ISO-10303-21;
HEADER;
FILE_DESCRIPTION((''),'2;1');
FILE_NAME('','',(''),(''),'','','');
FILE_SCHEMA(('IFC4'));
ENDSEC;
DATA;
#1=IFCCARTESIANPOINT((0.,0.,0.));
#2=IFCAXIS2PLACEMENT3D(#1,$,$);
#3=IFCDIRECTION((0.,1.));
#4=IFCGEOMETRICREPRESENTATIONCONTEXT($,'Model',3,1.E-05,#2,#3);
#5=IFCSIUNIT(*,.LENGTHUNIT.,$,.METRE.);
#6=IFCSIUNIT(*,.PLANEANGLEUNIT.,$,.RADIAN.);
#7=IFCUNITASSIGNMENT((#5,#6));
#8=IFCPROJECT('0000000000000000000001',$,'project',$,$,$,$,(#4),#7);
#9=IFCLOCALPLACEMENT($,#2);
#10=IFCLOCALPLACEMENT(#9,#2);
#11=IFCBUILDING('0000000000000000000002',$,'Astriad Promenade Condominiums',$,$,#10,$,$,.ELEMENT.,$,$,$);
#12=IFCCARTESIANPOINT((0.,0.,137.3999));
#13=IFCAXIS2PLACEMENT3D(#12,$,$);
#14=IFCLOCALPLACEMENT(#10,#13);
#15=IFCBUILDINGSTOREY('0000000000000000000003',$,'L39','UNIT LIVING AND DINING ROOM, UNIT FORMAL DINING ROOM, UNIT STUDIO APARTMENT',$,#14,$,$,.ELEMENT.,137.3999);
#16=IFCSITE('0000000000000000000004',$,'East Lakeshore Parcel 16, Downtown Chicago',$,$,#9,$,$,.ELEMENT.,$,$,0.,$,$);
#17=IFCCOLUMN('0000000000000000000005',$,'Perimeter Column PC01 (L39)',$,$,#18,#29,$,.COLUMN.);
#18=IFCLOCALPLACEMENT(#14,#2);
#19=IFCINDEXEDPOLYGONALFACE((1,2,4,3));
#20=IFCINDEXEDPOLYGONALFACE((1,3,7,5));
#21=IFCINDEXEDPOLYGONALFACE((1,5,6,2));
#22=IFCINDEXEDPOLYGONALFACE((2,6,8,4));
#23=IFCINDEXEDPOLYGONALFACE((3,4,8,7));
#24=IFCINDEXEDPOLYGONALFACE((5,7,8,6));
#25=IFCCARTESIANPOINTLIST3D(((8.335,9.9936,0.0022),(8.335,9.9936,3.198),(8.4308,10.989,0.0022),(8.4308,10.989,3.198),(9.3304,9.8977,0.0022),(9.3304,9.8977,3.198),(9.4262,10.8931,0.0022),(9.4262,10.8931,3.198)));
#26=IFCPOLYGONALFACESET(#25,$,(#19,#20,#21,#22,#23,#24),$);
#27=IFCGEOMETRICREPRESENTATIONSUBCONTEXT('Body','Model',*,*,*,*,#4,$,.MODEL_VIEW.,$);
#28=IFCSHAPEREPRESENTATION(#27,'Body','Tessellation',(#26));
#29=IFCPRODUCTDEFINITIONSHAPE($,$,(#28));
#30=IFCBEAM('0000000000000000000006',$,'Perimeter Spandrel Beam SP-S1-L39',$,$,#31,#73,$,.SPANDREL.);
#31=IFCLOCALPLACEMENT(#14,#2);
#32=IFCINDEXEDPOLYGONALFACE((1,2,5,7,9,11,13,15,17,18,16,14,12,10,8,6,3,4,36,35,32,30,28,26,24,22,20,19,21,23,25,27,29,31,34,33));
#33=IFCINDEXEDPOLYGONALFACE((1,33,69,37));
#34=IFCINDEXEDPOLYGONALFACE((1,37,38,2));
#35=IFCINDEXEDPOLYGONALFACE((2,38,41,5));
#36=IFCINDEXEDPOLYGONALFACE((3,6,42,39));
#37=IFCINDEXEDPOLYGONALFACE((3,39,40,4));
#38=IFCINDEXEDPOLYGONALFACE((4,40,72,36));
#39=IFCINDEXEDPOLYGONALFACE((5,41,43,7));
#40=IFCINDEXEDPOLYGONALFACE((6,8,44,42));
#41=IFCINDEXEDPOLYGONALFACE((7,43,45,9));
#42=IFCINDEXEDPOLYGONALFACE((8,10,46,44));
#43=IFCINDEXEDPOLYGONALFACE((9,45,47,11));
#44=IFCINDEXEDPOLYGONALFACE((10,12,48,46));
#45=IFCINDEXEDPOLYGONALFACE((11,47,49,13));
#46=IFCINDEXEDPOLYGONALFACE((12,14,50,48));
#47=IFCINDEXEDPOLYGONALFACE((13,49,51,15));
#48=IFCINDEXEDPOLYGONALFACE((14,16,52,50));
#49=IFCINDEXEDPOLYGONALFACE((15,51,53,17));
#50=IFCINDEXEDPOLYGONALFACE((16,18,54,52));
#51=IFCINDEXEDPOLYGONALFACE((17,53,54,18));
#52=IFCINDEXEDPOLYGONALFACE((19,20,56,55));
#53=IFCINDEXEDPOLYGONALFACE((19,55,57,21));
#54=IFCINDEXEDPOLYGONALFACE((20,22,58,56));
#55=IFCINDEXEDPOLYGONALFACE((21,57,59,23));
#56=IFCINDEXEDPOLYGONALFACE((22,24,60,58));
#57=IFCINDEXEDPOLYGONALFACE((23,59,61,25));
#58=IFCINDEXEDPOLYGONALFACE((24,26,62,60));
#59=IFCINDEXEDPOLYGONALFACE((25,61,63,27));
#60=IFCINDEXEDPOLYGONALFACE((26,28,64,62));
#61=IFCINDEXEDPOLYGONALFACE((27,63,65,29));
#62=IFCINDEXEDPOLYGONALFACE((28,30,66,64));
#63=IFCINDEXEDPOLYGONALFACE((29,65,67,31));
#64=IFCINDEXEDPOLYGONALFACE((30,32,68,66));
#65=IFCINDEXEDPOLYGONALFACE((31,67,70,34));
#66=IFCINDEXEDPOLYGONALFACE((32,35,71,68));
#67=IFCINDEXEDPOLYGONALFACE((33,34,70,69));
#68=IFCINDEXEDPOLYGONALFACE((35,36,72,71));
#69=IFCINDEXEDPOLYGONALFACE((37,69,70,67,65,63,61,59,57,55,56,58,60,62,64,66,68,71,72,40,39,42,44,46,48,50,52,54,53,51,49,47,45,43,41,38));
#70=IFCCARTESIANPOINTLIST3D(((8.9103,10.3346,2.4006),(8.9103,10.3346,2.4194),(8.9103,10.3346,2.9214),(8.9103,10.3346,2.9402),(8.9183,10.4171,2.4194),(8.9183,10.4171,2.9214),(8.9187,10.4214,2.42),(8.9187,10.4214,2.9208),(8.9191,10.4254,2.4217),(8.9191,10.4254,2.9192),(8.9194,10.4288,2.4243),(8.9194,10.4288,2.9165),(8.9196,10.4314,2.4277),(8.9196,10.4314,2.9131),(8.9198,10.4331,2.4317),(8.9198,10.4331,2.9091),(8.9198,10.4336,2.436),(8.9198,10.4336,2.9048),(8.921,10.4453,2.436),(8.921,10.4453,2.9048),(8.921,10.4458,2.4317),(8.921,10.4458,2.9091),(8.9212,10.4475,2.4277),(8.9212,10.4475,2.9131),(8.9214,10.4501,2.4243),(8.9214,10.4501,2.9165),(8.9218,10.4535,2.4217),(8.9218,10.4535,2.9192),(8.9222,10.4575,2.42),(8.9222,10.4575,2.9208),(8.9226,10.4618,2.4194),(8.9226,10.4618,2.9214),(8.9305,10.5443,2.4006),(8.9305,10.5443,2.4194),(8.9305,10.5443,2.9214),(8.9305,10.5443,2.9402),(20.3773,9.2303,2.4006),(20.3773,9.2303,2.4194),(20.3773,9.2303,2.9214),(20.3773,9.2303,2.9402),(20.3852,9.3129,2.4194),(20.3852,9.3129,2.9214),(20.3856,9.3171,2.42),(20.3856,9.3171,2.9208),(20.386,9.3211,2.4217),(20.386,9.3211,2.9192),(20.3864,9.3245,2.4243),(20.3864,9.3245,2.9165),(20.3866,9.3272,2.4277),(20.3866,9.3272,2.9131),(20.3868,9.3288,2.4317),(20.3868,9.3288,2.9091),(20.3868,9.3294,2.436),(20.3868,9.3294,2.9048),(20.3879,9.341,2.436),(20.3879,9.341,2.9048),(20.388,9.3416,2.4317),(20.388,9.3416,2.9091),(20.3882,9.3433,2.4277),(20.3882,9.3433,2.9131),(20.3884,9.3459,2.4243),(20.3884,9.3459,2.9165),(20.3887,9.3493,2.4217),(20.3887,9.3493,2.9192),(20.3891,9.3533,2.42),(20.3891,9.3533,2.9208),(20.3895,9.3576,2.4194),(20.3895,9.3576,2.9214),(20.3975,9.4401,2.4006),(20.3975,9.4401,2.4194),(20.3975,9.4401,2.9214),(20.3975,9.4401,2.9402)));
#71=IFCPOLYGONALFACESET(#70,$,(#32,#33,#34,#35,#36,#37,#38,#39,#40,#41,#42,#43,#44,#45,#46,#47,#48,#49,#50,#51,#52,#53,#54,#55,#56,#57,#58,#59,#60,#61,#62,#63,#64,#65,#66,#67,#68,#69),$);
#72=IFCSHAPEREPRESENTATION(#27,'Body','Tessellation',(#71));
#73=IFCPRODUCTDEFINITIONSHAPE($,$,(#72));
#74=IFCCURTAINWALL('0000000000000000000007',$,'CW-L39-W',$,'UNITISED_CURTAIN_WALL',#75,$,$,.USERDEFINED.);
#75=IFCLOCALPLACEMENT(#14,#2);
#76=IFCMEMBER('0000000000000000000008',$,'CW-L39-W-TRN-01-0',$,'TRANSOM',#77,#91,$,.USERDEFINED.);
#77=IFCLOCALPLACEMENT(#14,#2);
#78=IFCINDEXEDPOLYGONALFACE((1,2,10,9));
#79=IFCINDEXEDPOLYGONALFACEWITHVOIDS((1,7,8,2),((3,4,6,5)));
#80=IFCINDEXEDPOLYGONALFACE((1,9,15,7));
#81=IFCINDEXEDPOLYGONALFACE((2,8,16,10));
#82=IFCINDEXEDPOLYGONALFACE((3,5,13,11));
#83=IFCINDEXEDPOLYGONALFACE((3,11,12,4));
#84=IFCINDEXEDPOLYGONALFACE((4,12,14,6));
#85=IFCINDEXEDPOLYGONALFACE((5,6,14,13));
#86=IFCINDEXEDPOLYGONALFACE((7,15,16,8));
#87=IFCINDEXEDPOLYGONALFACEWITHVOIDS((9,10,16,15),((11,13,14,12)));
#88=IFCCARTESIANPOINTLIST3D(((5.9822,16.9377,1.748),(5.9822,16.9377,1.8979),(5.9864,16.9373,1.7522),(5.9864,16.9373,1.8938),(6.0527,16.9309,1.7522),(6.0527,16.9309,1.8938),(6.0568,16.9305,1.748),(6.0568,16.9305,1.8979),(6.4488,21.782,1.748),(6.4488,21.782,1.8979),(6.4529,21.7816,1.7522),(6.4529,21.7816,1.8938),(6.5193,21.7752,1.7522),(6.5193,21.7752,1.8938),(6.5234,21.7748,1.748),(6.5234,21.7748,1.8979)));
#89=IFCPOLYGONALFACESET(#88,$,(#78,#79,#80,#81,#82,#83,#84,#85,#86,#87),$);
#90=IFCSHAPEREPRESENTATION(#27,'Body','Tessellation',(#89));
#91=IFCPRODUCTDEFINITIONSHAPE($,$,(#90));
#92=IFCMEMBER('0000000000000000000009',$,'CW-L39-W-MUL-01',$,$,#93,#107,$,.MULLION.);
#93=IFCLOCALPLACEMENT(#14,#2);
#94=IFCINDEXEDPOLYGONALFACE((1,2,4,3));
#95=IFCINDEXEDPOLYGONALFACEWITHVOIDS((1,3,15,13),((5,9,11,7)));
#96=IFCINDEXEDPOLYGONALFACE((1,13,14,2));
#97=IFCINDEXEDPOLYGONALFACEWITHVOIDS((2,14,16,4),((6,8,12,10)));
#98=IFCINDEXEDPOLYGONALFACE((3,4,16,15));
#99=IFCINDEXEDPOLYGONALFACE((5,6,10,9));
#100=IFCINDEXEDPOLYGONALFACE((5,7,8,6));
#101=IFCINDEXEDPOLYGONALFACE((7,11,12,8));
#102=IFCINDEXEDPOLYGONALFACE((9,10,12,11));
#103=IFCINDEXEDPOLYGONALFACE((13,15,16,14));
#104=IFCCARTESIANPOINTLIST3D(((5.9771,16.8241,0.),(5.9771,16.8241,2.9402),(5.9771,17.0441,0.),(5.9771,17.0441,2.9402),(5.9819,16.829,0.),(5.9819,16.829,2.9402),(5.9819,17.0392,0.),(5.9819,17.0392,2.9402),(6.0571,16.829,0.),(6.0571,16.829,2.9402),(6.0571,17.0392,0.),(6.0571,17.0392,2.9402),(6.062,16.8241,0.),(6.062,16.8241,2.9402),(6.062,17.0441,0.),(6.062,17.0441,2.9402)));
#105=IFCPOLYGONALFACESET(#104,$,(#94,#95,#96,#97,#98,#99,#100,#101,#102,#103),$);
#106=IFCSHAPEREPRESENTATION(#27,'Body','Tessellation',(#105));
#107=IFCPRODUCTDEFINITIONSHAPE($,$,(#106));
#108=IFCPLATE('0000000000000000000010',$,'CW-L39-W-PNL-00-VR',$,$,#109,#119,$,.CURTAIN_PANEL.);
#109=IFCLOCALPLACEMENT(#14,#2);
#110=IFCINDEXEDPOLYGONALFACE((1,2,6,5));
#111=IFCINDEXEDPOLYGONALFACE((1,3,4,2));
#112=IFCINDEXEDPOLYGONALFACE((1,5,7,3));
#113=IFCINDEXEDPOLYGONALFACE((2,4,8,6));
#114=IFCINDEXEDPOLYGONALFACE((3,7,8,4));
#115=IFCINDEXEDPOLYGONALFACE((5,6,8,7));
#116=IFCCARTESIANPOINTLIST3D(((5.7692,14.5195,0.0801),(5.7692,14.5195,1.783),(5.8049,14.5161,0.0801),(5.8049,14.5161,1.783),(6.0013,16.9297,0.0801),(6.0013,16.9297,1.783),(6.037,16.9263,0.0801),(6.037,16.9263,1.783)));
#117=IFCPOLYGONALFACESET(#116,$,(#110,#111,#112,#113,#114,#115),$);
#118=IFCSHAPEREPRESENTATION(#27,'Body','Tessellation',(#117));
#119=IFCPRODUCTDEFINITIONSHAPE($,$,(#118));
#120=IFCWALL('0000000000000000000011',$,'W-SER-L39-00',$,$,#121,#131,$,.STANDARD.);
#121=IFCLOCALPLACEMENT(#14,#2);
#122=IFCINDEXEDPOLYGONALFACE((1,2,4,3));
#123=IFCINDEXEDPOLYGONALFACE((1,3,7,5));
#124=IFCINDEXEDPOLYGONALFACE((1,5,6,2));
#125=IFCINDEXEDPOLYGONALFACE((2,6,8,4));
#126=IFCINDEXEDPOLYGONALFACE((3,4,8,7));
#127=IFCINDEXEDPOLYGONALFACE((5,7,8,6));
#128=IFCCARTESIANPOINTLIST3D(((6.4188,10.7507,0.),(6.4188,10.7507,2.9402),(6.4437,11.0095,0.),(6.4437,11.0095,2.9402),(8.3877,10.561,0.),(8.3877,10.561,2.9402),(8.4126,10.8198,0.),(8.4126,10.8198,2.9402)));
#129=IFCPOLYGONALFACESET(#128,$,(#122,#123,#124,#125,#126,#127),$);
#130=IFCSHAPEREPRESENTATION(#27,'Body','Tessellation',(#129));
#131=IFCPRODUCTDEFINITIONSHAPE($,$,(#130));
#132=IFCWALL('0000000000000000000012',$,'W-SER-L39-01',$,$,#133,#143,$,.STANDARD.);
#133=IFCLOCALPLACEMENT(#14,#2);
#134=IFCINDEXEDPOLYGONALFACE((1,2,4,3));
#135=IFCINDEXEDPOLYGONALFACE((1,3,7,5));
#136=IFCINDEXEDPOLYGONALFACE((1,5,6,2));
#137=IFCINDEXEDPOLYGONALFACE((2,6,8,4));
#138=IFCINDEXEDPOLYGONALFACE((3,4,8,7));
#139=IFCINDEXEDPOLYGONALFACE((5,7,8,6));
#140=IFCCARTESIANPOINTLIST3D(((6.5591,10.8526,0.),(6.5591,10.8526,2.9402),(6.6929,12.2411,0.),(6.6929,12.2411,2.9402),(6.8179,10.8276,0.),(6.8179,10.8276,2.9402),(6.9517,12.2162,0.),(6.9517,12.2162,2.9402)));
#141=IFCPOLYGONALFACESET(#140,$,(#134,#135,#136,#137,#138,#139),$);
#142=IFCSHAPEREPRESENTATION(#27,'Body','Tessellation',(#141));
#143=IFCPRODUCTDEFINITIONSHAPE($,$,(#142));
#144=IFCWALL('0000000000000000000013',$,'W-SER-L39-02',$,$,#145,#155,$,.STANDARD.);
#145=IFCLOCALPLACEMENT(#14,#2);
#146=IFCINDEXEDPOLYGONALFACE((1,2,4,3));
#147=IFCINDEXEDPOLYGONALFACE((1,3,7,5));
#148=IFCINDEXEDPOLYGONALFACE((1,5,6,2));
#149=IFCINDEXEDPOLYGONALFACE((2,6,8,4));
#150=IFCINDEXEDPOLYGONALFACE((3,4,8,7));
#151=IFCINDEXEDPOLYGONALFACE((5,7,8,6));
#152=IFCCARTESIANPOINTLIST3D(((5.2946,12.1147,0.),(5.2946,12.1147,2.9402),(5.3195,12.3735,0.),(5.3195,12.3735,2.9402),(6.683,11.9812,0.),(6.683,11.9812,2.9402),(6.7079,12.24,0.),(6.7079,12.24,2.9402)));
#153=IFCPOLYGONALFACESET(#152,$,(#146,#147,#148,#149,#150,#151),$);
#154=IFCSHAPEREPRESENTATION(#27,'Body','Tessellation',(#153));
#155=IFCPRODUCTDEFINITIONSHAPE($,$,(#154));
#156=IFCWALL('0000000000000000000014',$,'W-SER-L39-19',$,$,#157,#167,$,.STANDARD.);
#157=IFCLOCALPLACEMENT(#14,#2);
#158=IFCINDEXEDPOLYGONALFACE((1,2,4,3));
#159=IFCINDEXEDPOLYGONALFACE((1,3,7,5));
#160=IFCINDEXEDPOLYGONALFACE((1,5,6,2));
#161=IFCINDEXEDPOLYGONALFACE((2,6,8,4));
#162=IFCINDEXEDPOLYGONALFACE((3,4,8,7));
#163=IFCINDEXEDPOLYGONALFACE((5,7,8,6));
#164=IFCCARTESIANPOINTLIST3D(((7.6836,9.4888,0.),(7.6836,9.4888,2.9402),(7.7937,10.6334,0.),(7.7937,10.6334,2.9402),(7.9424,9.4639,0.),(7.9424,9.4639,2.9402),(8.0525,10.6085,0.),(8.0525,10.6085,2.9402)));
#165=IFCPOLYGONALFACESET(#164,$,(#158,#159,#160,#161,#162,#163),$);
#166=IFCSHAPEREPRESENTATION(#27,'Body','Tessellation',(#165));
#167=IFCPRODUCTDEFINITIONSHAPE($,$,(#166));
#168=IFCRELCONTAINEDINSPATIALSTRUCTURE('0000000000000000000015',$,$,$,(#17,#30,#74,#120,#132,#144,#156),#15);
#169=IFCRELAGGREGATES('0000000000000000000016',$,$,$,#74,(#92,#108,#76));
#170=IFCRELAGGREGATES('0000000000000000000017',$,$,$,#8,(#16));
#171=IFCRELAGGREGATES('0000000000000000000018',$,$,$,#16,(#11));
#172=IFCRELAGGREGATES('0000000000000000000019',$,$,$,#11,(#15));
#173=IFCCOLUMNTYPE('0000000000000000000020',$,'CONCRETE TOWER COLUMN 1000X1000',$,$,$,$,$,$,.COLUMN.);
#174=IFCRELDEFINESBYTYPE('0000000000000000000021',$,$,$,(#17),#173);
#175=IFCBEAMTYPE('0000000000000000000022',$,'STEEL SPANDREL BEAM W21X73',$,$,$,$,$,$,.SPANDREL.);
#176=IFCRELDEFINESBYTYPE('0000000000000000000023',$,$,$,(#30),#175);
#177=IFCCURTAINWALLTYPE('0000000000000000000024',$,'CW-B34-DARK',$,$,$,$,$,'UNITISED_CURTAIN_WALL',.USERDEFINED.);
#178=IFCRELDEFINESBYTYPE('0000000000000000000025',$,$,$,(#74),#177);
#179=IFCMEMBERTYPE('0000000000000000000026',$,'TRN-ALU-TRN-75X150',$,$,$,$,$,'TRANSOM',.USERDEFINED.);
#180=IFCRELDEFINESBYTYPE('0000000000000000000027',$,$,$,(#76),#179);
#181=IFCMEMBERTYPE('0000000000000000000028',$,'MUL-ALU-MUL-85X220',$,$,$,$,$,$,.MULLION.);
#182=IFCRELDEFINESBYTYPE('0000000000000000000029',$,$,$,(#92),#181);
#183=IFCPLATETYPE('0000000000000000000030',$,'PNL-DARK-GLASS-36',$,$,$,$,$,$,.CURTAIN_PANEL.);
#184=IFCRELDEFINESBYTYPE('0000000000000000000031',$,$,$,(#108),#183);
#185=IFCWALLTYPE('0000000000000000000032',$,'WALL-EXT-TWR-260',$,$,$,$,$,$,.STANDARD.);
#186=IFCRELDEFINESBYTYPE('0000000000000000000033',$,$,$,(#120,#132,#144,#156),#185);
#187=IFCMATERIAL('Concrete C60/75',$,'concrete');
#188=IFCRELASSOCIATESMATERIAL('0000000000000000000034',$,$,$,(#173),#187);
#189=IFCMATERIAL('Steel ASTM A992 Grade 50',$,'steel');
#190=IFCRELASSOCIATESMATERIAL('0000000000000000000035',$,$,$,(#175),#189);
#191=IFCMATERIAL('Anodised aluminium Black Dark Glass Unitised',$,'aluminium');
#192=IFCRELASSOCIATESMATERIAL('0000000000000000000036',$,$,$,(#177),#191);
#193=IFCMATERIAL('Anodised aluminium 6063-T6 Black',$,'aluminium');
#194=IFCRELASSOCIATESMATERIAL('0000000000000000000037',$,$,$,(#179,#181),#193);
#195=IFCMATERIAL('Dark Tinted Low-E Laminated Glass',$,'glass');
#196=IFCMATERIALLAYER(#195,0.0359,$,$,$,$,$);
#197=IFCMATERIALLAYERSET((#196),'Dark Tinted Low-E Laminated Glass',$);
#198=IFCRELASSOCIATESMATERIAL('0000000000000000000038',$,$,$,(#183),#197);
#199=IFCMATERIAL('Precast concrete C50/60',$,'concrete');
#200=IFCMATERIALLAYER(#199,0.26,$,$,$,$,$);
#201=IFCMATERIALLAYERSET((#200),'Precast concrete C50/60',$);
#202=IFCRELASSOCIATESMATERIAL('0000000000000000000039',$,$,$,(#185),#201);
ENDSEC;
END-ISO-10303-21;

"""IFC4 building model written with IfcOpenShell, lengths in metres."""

from ifc_helpers import new_model, si_unit, direction, frame, frame_2d, origin, origin_2d, place, context, subcontext, project, spatial, rectangle, hollow_rectangle, i_section, extrude, source, transform, mapped, material, layer, layer_set, material_profile, profile_set, type_object, type_shapes, element, aggregate, save


model = new_model("IFC4")

# Units and contexts
model_context = context("Model", 3, precision=1e-05, world=origin(), true_north=direction((0.0, 1.0)))
body_context = subcontext(model_context, "Body", "Model", "MODEL_VIEW")
ifc_project = project(units=[si_unit("LENGTHUNIT", "METRE"), si_unit("PLANEANGLEUNIT", "RADIAN")], contexts=[model_context])

# Site, building, storey
site_placement = place(None, origin())
site = spatial("IfcSite", under=ifc_project, at=site_placement, Name="East Lakeshore Parcel 16, Downtown Chicago", CompositionType="ELEMENT", RefElevation=0.0)
building_placement = place(site_placement, origin())
building = spatial("IfcBuilding", under=site, at=building_placement, Name="Astriad Promenade Condominiums", CompositionType="ELEMENT")
storey_placement = place(building_placement, frame((0.0, 0.0, 137.3999)))
storey = spatial("IfcBuildingStorey", under=building, at=storey_placement, Name="L39", Description="UNIT LIVING AND DINING ROOM, UNIT FORMAL DINING ROOM, UNIT STUDIO APARTMENT", CompositionType="ELEMENT", Elevation=137.3999)

# Column
ifc_material_1 = material(Name="Concrete C60/75", Category="concrete")
ifc_material_profile_1 = material_profile(ifc_material_1, rectangle(XDim=1.0, YDim=1.0, at=origin_2d()), Name="RC-COL-1000X1000")
ifc_profile_set_1 = profile_set([ifc_material_profile_1], Name="Concrete C60/75")
column_type = type_object("IfcColumnType", Name="CONCRETE TOWER COLUMN 1000X1000", PredefinedType="COLUMN", material=ifc_profile_set_1)
shared_shape_1 = source(origin(), body_context, "Body", "SweptSolid", [
    extrude(rectangle(XDim=1.0, YDim=1.0, at=origin_2d()), origin(), (0.0, 0.0, 1.0), 3.1958),
])
type_shapes(column_type, [shared_shape_1])
column_placement = place(storey_placement, frame((8.8806, 10.4434, 0.0022), z_axis=(0.0, 0.0, 1.0), x_axis=(0.995396, -0.095846, 0.0)))
element("IfcColumn", 1, at=column_placement, inside=storey, type_object=column_type, Name="Perimeter Column PC01 (L39)", PredefinedType="COLUMN", context=body_context, shape_type="MappedRepresentation", body=[
    mapped(shared_shape_1, transform((0.0, 0.0, 0.0), scale=1.0)),
])

# Beam
ifc_material_2 = material(Name="Steel ASTM A992 Grade 50", Category="steel")
ifc_material_profile_2 = material_profile(ifc_material_2, i_section(OverallWidth=0.2107, OverallDepth=0.5396, WebThickness=0.0117, FlangeThickness=0.0188, FilletRadius=0.0166, at=origin_2d()), Name="W21X73")
ifc_profile_set_2 = profile_set([ifc_material_profile_2], Name="Steel ASTM A992 Grade 50")
beam_type = type_object("IfcBeamType", Name="STEEL SPANDREL BEAM W21X73", PredefinedType="SPANDREL", material=ifc_profile_set_2)
shared_shape_2 = source(origin(), body_context, "Body", "SweptSolid", [
    extrude(i_section(OverallWidth=0.2107, OverallDepth=0.5396, WebThickness=0.0117, FlangeThickness=0.0188, FilletRadius=0.0166, at=origin_2d()), origin(), (0.0, 0.0, 1.0), 11.52),
])
type_shapes(beam_type, [shared_shape_2])
beam_placement = place(storey_placement, frame((8.9204, 10.4395, 2.6704), z_axis=(0.995395, -0.095854, 0.0), x_axis=(0.095854, 0.995395, 0.0)))
element("IfcBeam", 2, at=beam_placement, inside=storey, type_object=beam_type, Name="Perimeter Spandrel Beam SP-S1-L39", PredefinedType="SPANDREL", context=body_context, shape_type="MappedRepresentation", body=[
    mapped(shared_shape_2, transform((0.0, 0.0, 0.0), scale=1.0)),
])

# Curtain wall, members, plate
ifc_material_3 = material(Name="Anodised aluminium Black Dark Glass Unitised", Category="aluminium")
curtain_wall_type = type_object("IfcCurtainWallType", Name="CW-B34-DARK", ElementType="UNITISED_CURTAIN_WALL", PredefinedType="USERDEFINED", material=ifc_material_3)
curtain_wall_placement = place(storey_placement, origin())
curtain_wall = element("IfcCurtainWall", 3, at=curtain_wall_placement, inside=storey, type_object=curtain_wall_type, Name="CW-L39-W", ObjectType="UNITISED_CURTAIN_WALL", PredefinedType="USERDEFINED")
ifc_material_4 = material(Name="Anodised aluminium 6063-T6 Black", Category="aluminium")
ifc_material_profile_3 = material_profile(ifc_material_4, hollow_rectangle(XDim=0.075, YDim=0.1499, WallThickness=0.0042, at=origin_2d()), Name="ALU-TRN-75X150")
ifc_profile_set_3 = profile_set([ifc_material_profile_3], Name="Anodised aluminium 6063-T6 Black")
member_type_1 = type_object("IfcMemberType", Name="TRN-ALU-TRN-75X150", ElementType="TRANSOM", PredefinedType="USERDEFINED", material=ifc_profile_set_3)
shared_shape_3 = source(origin(), body_context, "Body", "SweptSolid", [
    extrude(hollow_rectangle(XDim=0.075, YDim=0.1499, WallThickness=0.0042, at=origin_2d()), origin(), (0.0, 0.0, 1.0), 4.8667),
])
type_shapes(member_type_1, [shared_shape_3])
member_1_placement = place(storey_placement, frame((6.0195, 16.9341, 1.823), z_axis=(0.095867, 0.995394, 0.0), x_axis=(-0.995394, 0.095867, 0.0)))
member_1 = element("IfcMember", 4, at=member_1_placement, type_object=member_type_1, Name="CW-L39-W-TRN-01-0", ObjectType="TRANSOM", PredefinedType="USERDEFINED", context=body_context, shape_type="MappedRepresentation", body=[
    mapped(shared_shape_3, transform((0.0, 0.0, 0.0), scale=1.0)),
])
ifc_material_profile_4 = material_profile(ifc_material_4, hollow_rectangle(XDim=0.085, YDim=0.22, WallThickness=0.0049, at=origin_2d()), Name="ALU-MUL-85X220")
ifc_profile_set_4 = profile_set([ifc_material_profile_4], Name="Anodised aluminium 6063-T6 Black")
member_type_2 = type_object("IfcMemberType", Name="MUL-ALU-MUL-85X220", PredefinedType="MULLION", material=ifc_profile_set_4)
shared_shape_4 = source(origin(), body_context, "Body", "SweptSolid", [
    extrude(hollow_rectangle(XDim=0.085, YDim=0.22, WallThickness=0.0049, at=origin_2d()), origin(), (0.0, 0.0, 1.0), 2.9402),
])
type_shapes(member_type_2, [shared_shape_4])
member_2_placement = place(storey_placement, frame((6.0195, 16.9341, 0.0), z_axis=(0.0, 0.0, 1.0), x_axis=(1.0, 0.0, 0.0)))
member_2 = element("IfcMember", 5, at=member_2_placement, type_object=member_type_2, Name="CW-L39-W-MUL-01", PredefinedType="MULLION", context=body_context, shape_type="MappedRepresentation", body=[
    mapped(shared_shape_4, transform((0.0, 0.0, 0.0), scale=1.0)),
])
ifc_material_5 = material(Name="Dark Tinted Low-E Laminated Glass", Category="glass")
ifc_layer_1 = layer(ifc_material_5, 0.0359)
ifc_layer_set_1 = layer_set([ifc_layer_1], Name="Dark Tinted Low-E Laminated Glass")
plate_type = type_object("IfcPlateType", Name="PNL-DARK-GLASS-36", PredefinedType="CURTAIN_PANEL", material=ifc_layer_set_1)
shared_shape_5 = source(origin(), body_context, "Body", "SweptSolid", [
    extrude(rectangle(XDim=2.4214, YDim=0.0359, at=origin_2d()), origin(), (0.0, 0.0, 1.0), 1.7029),
])
type_shapes(plate_type, [shared_shape_5])
plate_placement = place(storey_placement, frame((5.9031, 15.7229, 0.0801), z_axis=(0.0, 0.0, 1.0), x_axis=(0.095846, 0.995396, 0.0)))
plate = element("IfcPlate", 6, at=plate_placement, type_object=plate_type, Name="CW-L39-W-PNL-00-VR", PredefinedType="CURTAIN_PANEL", context=body_context, shape_type="MappedRepresentation", body=[
    mapped(shared_shape_5, transform((0.0, 0.0, 0.0), scale=1.0)),
])
aggregate(curtain_wall, [member_2, plate, member_1])

# Walls
ifc_material_6 = material(Name="Precast concrete C50/60", Category="concrete")
ifc_layer_2 = layer(ifc_material_6, 0.26)
ifc_layer_set_2 = layer_set([ifc_layer_2], Name="Precast concrete C50/60")
wall_type_1 = type_object("IfcWallType", Name="WALL-EXT-TWR-260", PredefinedType="STANDARD", material=ifc_layer_set_2)
wall_1_placement = place(storey_placement, frame((8.4001, 10.6904, 0.0), z_axis=(0.0, 0.0, 1.0), x_axis=(-0.995391, 0.095898, 0.0)))
element("IfcWall", 7, at=wall_1_placement, inside=storey, type_object=wall_type_1, Name="W-SER-L39-00", PredefinedType="STANDARD", context=body_context, shape_type="SweptSolid", body=[
    extrude(rectangle(XDim=1.978, YDim=0.26, at=frame_2d((0.989, 0.0))), origin(), (0.0, 0.0, 1.0), 2.9402),
])
wall_2_placement = place(storey_placement, frame((6.6885, 10.8401, 0.0), z_axis=(0.0, 0.0, 1.0), x_axis=(0.095899, 0.995391, 0.0)))
element("IfcWall", 8, at=wall_2_placement, inside=storey, type_object=wall_type_1, Name="W-SER-L39-01", PredefinedType="STANDARD", context=body_context, shape_type="SweptSolid", body=[
    extrude(rectangle(XDim=1.395, YDim=0.26, at=frame_2d((0.6975, 0.0))), origin(), (0.0, 0.0, 1.0), 2.9402),
])
wall_3_placement = place(storey_placement, frame((6.6953, 12.1106, 0.0), z_axis=(0.0, 0.0, 1.0), x_axis=(-0.995406, 0.095742, 0.0)))
element("IfcWall", 9, at=wall_3_placement, inside=storey, type_object=wall_type_1, Name="W-SER-L39-02", PredefinedType="STANDARD", context=body_context, shape_type="SweptSolid", body=[
    extrude(rectangle(XDim=1.3948, YDim=0.26, at=frame_2d((0.6973, 0.0))), origin(), (0.0, 0.0, 1.0), 2.9402),
])
wall_4_placement = place(storey_placement, frame((7.813, 9.4763, 0.0), z_axis=(0.0, 0.0, 1.0), x_axis=(0.095761, 0.995404, 0.0)))
element("IfcWall", 10, at=wall_4_placement, inside=storey, type_object=wall_type_1, Name="W-SER-L39-19", PredefinedType="STANDARD", context=body_context, shape_type="SweptSolid", body=[
    extrude(rectangle(XDim=1.1499, YDim=0.26, at=frame_2d((0.575, 0.0))), origin(), (0.0, 0.0, 1.0), 2.9402),
])

save(model, "model.ifc")
